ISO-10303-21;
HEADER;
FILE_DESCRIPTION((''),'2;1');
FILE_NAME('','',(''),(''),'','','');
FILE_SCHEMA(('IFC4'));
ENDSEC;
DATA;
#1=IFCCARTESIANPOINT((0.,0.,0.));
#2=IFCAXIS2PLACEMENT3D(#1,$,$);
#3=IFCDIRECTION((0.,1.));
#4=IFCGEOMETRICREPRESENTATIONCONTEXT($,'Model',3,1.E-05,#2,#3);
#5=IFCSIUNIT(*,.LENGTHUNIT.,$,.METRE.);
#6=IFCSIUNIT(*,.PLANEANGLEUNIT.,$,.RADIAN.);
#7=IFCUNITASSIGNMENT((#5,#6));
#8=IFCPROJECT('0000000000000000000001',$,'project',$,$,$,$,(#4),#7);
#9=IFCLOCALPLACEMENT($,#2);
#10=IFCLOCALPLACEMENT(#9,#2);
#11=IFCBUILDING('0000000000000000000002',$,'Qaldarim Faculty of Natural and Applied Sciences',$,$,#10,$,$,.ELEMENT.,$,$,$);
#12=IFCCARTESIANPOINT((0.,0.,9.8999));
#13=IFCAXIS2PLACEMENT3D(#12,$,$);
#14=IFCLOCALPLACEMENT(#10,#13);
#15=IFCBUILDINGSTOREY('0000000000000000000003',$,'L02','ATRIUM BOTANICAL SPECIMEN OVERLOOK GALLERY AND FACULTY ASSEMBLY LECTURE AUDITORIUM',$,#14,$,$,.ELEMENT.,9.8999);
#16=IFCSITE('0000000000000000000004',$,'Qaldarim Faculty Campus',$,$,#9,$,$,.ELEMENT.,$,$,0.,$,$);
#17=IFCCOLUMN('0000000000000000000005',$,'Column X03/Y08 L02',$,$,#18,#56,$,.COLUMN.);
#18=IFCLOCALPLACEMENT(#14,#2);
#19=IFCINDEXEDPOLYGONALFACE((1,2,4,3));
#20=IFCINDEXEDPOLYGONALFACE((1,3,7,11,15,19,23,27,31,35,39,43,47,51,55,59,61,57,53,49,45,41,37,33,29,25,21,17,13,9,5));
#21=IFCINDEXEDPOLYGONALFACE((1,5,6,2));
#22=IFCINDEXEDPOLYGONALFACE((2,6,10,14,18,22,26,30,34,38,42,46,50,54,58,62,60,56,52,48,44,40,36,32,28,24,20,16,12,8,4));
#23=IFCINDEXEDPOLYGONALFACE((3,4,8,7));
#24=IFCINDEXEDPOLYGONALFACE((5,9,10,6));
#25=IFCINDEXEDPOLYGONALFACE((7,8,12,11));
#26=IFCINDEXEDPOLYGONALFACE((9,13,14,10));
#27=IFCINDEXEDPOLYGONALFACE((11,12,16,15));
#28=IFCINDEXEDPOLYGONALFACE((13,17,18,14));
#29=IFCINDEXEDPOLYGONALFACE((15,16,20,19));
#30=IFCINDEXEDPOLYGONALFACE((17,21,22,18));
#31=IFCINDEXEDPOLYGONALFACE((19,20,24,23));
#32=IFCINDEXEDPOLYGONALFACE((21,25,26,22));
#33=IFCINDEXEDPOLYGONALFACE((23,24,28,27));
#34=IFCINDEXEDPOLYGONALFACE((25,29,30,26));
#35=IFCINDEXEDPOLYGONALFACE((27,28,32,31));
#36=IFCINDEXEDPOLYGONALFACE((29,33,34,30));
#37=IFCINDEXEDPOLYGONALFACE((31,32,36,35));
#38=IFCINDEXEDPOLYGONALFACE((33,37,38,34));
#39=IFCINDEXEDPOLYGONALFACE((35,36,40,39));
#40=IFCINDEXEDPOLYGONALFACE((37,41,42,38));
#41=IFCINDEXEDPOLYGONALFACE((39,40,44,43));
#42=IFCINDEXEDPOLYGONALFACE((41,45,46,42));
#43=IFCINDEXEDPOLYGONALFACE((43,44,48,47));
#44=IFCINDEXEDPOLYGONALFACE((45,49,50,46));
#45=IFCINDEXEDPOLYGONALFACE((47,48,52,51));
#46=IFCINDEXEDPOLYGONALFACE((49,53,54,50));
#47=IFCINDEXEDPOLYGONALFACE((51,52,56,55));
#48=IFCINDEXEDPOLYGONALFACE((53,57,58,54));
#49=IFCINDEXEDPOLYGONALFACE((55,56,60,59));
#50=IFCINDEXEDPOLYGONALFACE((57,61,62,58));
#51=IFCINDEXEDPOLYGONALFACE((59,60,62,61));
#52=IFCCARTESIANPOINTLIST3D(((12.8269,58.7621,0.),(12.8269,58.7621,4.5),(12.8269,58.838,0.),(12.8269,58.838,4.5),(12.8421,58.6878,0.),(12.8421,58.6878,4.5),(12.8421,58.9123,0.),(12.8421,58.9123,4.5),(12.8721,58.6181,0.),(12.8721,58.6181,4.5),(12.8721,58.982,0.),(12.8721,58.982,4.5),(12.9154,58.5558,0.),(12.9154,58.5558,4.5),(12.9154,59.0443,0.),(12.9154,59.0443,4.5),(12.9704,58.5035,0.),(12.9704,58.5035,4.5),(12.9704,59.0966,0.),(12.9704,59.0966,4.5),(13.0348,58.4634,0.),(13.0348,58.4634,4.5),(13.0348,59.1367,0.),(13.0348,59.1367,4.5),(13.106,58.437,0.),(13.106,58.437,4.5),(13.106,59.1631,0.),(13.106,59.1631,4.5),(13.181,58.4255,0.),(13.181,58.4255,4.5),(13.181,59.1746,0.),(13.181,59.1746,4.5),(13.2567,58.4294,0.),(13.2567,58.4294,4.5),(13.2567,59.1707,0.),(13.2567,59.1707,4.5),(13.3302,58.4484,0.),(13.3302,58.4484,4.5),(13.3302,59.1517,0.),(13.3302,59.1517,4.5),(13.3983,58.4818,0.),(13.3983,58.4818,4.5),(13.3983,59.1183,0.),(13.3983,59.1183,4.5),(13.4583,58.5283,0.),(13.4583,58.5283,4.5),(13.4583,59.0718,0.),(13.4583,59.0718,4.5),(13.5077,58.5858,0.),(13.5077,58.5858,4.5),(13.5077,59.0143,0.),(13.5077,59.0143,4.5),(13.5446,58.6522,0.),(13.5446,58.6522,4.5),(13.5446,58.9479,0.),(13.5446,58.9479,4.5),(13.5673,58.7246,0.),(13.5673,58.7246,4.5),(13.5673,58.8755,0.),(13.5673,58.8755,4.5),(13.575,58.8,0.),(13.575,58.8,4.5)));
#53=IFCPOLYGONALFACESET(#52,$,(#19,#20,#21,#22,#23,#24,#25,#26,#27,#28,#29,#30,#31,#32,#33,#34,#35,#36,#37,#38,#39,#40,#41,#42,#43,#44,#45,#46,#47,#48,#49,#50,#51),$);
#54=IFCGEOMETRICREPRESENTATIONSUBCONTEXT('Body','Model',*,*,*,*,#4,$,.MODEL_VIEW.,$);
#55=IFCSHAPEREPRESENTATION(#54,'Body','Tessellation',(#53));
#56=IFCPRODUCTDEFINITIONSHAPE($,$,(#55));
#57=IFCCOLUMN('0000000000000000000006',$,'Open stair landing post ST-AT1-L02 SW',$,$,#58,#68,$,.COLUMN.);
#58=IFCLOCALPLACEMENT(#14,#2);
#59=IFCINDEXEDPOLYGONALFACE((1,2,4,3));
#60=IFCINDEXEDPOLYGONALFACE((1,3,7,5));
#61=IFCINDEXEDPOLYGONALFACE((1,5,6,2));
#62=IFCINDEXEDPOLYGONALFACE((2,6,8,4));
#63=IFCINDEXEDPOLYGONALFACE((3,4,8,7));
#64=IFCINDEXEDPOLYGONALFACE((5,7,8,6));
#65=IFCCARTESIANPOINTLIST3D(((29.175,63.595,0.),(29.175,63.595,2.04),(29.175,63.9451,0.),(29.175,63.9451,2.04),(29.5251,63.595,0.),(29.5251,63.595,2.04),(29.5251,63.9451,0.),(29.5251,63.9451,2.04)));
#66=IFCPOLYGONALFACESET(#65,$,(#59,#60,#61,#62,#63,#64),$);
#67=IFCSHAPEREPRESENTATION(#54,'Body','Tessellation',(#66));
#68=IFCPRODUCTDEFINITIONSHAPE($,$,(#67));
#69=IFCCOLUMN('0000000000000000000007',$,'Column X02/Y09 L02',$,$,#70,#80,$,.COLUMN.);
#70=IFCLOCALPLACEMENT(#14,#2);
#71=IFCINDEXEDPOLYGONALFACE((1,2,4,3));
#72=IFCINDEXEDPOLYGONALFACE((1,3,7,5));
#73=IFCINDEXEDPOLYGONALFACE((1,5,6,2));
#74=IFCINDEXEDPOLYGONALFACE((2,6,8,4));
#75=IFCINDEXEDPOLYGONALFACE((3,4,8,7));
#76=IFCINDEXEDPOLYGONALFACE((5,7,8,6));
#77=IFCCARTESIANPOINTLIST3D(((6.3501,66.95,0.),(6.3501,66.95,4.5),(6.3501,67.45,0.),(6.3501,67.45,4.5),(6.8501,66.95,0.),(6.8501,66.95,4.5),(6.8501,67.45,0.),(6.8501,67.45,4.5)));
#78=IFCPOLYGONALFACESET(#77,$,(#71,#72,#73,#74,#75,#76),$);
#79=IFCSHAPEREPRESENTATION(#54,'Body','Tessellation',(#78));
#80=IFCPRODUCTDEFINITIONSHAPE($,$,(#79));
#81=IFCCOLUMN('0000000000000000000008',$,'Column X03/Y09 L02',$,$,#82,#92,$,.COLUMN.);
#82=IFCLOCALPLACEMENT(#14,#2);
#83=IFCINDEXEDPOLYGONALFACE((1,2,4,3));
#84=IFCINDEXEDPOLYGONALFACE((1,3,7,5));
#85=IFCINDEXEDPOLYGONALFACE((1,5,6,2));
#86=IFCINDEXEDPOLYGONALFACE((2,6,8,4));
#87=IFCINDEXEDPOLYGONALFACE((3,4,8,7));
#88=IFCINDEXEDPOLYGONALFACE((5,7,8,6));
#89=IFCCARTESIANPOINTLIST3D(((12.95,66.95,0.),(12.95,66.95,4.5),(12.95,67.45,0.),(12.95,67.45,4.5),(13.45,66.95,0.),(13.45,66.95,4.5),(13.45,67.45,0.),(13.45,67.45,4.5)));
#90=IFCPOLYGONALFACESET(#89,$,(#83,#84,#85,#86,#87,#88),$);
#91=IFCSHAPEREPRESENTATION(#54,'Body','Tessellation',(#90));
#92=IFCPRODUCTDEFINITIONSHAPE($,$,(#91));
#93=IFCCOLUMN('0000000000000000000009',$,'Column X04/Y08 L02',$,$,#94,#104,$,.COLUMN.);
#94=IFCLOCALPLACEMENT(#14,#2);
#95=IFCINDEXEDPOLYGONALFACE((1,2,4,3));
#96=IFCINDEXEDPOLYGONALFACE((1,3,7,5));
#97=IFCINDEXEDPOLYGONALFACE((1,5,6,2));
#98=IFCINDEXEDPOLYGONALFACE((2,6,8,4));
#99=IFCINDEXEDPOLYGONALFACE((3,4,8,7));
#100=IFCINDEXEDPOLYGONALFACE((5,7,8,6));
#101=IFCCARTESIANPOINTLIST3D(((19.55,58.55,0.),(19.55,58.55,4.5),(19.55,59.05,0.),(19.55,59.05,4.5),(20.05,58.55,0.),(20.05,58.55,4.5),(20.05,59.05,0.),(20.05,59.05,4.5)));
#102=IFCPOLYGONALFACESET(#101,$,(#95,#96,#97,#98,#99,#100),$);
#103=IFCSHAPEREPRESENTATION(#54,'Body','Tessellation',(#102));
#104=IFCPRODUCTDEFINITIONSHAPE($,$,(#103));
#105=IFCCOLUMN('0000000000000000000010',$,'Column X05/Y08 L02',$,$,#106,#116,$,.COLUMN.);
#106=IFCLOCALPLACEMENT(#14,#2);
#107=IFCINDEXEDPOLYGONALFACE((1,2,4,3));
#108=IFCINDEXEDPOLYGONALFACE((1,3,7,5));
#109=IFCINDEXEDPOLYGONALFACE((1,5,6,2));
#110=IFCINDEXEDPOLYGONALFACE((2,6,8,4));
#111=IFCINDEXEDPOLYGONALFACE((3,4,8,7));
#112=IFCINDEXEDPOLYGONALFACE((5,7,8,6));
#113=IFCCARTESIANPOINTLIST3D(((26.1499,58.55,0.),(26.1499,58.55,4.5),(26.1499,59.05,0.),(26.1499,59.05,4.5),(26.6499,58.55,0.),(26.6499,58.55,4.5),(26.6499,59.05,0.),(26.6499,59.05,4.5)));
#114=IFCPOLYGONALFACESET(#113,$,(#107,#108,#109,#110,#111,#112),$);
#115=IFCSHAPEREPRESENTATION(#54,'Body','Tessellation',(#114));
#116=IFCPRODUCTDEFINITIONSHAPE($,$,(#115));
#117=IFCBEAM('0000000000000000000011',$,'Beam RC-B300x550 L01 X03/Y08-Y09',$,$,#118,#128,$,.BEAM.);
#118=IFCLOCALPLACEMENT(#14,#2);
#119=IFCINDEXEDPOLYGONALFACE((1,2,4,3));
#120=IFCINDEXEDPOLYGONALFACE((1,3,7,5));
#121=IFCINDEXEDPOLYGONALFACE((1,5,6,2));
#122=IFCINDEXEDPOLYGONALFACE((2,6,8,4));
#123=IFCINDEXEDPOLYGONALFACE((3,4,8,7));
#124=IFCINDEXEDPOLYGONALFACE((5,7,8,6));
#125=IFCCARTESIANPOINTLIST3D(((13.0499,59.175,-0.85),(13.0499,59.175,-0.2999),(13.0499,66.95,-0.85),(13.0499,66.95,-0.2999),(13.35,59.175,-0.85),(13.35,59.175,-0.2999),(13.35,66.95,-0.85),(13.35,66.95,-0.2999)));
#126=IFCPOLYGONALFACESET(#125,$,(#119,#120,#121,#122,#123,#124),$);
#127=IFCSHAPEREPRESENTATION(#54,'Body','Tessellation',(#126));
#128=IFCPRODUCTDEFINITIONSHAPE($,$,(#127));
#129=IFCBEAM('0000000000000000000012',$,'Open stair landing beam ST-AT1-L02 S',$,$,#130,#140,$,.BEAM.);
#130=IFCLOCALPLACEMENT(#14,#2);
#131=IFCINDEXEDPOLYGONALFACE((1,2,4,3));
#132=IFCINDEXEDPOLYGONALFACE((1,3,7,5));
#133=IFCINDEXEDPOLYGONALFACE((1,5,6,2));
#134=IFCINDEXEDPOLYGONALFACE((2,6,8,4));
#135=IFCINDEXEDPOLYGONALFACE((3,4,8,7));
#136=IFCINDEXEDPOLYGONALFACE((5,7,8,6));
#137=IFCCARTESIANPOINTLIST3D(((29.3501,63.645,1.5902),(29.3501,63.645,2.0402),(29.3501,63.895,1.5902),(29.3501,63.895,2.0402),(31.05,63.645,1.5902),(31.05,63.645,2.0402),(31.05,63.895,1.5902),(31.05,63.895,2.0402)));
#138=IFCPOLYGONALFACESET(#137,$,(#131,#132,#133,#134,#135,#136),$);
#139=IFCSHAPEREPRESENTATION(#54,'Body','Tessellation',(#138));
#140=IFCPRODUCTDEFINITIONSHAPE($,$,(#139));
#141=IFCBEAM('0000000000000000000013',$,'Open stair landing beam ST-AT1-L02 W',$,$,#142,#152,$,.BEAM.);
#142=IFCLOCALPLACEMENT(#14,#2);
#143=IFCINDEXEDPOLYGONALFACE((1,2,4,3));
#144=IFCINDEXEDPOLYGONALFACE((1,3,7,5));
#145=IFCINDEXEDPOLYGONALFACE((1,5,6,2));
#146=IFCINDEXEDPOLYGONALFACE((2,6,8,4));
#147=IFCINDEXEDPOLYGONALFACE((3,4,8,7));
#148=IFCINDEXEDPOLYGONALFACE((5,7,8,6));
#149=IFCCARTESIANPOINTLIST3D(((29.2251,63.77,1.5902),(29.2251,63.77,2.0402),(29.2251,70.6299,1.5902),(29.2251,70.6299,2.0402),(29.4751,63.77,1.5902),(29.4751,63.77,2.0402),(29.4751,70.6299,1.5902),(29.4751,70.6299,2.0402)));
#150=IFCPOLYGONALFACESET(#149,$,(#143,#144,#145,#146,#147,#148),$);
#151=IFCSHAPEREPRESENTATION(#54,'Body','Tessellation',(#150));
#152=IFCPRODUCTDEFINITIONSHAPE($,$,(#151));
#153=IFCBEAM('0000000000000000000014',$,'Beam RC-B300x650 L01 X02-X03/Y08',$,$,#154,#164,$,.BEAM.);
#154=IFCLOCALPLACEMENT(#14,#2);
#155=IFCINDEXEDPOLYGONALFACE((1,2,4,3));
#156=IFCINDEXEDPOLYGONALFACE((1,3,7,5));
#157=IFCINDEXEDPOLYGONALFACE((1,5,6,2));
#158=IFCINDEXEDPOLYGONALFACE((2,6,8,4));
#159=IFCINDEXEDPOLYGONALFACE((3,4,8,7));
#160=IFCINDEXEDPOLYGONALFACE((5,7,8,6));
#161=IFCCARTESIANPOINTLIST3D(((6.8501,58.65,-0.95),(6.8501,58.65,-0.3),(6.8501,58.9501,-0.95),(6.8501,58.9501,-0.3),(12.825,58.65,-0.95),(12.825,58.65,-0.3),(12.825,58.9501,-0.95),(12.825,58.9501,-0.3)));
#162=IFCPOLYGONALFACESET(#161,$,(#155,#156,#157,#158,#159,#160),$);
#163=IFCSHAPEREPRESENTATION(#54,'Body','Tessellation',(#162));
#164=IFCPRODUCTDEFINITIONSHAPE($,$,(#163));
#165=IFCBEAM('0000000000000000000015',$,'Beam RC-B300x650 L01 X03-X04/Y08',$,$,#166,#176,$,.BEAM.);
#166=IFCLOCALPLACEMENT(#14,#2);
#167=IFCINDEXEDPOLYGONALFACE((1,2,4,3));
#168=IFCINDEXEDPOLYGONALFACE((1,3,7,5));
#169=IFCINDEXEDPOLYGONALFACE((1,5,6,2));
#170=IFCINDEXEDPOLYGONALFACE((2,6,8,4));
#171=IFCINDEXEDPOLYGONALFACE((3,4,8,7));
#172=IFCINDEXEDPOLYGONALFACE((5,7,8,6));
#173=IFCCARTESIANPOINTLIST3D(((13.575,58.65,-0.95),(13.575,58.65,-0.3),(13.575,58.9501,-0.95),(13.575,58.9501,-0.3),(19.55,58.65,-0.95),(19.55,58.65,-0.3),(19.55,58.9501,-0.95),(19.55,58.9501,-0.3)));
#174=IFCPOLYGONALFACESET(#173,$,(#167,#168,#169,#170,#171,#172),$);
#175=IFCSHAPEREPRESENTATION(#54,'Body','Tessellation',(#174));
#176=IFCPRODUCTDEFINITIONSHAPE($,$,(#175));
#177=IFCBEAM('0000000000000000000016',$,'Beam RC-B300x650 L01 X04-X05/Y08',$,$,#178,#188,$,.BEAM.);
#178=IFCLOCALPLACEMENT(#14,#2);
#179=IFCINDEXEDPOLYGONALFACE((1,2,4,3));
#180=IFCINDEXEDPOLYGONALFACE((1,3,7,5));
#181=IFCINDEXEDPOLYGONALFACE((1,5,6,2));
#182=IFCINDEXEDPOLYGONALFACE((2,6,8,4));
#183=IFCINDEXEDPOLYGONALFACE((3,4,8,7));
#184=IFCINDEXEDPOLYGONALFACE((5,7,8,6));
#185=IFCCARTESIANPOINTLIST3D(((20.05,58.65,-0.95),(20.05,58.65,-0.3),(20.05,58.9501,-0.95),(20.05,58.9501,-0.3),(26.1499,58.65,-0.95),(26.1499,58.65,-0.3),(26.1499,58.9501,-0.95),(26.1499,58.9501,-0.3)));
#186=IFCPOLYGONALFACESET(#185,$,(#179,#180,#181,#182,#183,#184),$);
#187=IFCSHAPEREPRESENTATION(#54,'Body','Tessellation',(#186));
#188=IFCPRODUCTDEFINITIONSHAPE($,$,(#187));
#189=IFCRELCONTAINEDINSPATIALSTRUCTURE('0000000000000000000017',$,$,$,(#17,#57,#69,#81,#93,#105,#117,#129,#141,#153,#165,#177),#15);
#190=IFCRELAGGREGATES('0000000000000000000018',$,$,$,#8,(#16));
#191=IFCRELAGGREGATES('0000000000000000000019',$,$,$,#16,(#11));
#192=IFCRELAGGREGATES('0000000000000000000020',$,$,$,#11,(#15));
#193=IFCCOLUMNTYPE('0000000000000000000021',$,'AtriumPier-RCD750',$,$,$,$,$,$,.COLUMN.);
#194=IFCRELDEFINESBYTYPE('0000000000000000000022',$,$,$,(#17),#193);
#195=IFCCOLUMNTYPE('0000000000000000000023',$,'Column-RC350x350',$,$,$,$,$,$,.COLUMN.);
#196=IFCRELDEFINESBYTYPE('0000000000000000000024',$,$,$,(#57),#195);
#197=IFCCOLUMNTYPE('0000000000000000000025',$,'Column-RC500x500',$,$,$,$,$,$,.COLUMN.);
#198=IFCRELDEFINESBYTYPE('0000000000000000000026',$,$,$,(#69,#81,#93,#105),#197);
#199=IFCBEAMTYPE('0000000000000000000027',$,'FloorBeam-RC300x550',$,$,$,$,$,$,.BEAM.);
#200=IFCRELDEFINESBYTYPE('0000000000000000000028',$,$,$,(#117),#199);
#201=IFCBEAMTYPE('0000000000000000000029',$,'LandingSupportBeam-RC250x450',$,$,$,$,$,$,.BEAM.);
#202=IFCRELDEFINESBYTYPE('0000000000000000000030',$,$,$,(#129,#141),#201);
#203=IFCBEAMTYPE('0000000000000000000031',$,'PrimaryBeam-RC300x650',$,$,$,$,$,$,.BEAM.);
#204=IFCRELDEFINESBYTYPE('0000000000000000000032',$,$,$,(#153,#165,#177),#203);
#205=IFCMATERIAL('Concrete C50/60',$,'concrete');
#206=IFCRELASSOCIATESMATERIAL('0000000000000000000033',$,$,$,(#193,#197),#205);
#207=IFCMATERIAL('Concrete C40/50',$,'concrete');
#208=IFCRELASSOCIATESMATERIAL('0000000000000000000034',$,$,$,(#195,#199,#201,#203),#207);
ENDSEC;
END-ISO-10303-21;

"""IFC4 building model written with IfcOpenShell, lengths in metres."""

from ifc_helpers import new_model, si_unit, direction, frame, origin, origin_2d, place, context, subcontext, project, spatial, rectangle, circle, extrude, material, material_profile, profile_set, type_object, element, save


model = new_model("IFC4")

# Units and contexts
model_context = context("Model", 3, precision=1e-05, world=origin(), true_north=direction((0.0, 1.0)))
body_context = subcontext(model_context, "Body", "Model", "MODEL_VIEW")
ifc_project = project(units=[si_unit("LENGTHUNIT", "METRE"), si_unit("PLANEANGLEUNIT", "RADIAN")], contexts=[model_context])

# Site, building, storey
site_placement = place(None, origin())
site = spatial("IfcSite", under=ifc_project, at=site_placement, Name="Qaldarim Faculty Campus", CompositionType="ELEMENT", RefElevation=0.0)
building_placement = place(site_placement, origin())
building = spatial("IfcBuilding", under=site, at=building_placement, Name="Qaldarim Faculty of Natural and Applied Sciences", CompositionType="ELEMENT")
storey_placement = place(building_placement, frame((0.0, 0.0, 9.8999)))
storey = spatial("IfcBuildingStorey", under=building, at=storey_placement, Name="L02", Description="ATRIUM BOTANICAL SPECIMEN OVERLOOK GALLERY AND FACULTY ASSEMBLY LECTURE AUDITORIUM", CompositionType="ELEMENT", Elevation=9.8999)

# Columns
ifc_material_1 = material(Name="Concrete C50/60", Category="concrete")
ifc_material_profile_1 = material_profile(ifc_material_1, circle(Radius=0.375, at=origin_2d()), Name="RC-D750")
ifc_profile_set_1 = profile_set([ifc_material_profile_1], Name="Concrete C50/60")
column_type_1 = type_object("IfcColumnType", Name="AtriumPier-RCD750", PredefinedType="COLUMN", material=ifc_profile_set_1)
column_1_placement = place(storey_placement, frame((13.2, 58.8, 0.0), z_axis=(0.0, 0.0, 1.0), x_axis=(1.0, 0.0, 0.0)))
element("IfcColumn", 1, at=column_1_placement, inside=storey, type_object=column_type_1, Name="Column X03/Y08 L02", PredefinedType="COLUMN", context=body_context, shape_type="SweptSolid", body=[
    extrude(circle(Radius=0.375, at=origin_2d()), origin(), (0.0, 0.0, 1.0), 4.5),
])
ifc_material_2 = material(Name="Concrete C40/50", Category="concrete")
ifc_material_profile_2 = material_profile(ifc_material_2, rectangle(XDim=0.3501, YDim=0.3501, at=origin_2d()), Name="RC-C350x350")
ifc_profile_set_2 = profile_set([ifc_material_profile_2], Name="Concrete C40/50")
column_type_2 = type_object("IfcColumnType", Name="Column-RC350x350", PredefinedType="COLUMN", material=ifc_profile_set_2)
column_2_placement = place(storey_placement, frame((29.3501, 63.77, 0.0), z_axis=(0.0, 0.0, 1.0), x_axis=(1.0, 0.0, 0.0)))
element("IfcColumn", 2, at=column_2_placement, inside=storey, type_object=column_type_2, Name="Open stair landing post ST-AT1-L02 SW", PredefinedType="COLUMN", context=body_context, shape_type="SweptSolid", body=[
    extrude(rectangle(XDim=0.3501, YDim=0.3501, at=origin_2d()), origin(), (0.0, 0.0, 1.0), 2.04),
])
ifc_material_profile_3 = material_profile(ifc_material_1, rectangle(XDim=0.5, YDim=0.5, at=origin_2d()), Name="RC-C500x500")
ifc_profile_set_3 = profile_set([ifc_material_profile_3], Name="Concrete C50/60")
column_type_3 = type_object("IfcColumnType", Name="Column-RC500x500", PredefinedType="COLUMN", material=ifc_profile_set_3)
for number, where, z_axis, x_axis, name in (
    (3, (6.6001, 67.2, 0.0), (0.0, 0.0, 1.0), (1.0, 0.0, 0.0), "Column X02/Y09 L02"),
    (4, (13.2, 67.2, 0.0), (0.0, 0.0, 1.0), (1.0, 0.0, 0.0), "Column X03/Y09 L02"),
    (5, (19.8, 58.8, 0.0), (0.0, 0.0, 1.0), (1.0, 0.0, 0.0), "Column X04/Y08 L02"),
    (6, (26.3999, 58.8, 0.0), (0.0, 0.0, 1.0), (1.0, 0.0, 0.0), "Column X05/Y08 L02"),
):
    element("IfcColumn", number, at=place(storey_placement, frame(where, z_axis=z_axis, x_axis=x_axis)), inside=storey, type_object=column_type_3, Name=name, PredefinedType="COLUMN", context=body_context, shape_type="SweptSolid", body=[
        extrude(rectangle(XDim=0.5, YDim=0.5, at=origin_2d()), origin(), (0.0, 0.0, 1.0), 4.5),
    ])

# Beams
ifc_material_profile_4 = material_profile(ifc_material_2, rectangle(XDim=0.3, YDim=0.55, at=origin_2d()), Name="RC-B300x550")
ifc_profile_set_4 = profile_set([ifc_material_profile_4], Name="Concrete C40/50")
beam_type_1 = type_object("IfcBeamType", Name="FloorBeam-RC300x550", PredefinedType="BEAM", material=ifc_profile_set_4)
beam_1_placement = place(storey_placement, frame((13.2, 59.175, -0.575), z_axis=(0.0, 1.0, 0.0), x_axis=(-1.0, 0.0, 0.0)))
element("IfcBeam", 7, at=beam_1_placement, inside=storey, type_object=beam_type_1, Name="Beam RC-B300x550 L01 X03/Y08-Y09", PredefinedType="BEAM", context=body_context, shape_type="SweptSolid", body=[
    extrude(rectangle(XDim=0.3, YDim=0.55, at=origin_2d()), origin(), (0.0, 0.0, 1.0), 7.7749),
])
ifc_material_profile_5 = material_profile(ifc_material_2, rectangle(XDim=0.25, YDim=0.45, at=origin_2d()), Name="RC-LN250x450")
ifc_profile_set_5 = profile_set([ifc_material_profile_5], Name="Concrete C40/50")
beam_type_2 = type_object("IfcBeamType", Name="LandingSupportBeam-RC250x450", PredefinedType="BEAM", material=ifc_profile_set_5)
beam_2_placement = place(storey_placement, frame((29.3501, 63.77, 1.8152), z_axis=(1.0, 0.0, 0.0), x_axis=(0.0, 1.0, 0.0)))
element("IfcBeam", 8, at=beam_2_placement, inside=storey, type_object=beam_type_2, Name="Open stair landing beam ST-AT1-L02 S", PredefinedType="BEAM", context=body_context, shape_type="SweptSolid", body=[
    extrude(rectangle(XDim=0.25, YDim=0.45, at=origin_2d()), origin(), (0.0, 0.0, 1.0), 1.7),
])
beam_3_placement = place(storey_placement, frame((29.3501, 63.77, 1.8152), z_axis=(0.0, 1.0, 0.0), x_axis=(-1.0, 0.0, 0.0)))
element("IfcBeam", 9, at=beam_3_placement, inside=storey, type_object=beam_type_2, Name="Open stair landing beam ST-AT1-L02 W", PredefinedType="BEAM", context=body_context, shape_type="SweptSolid", body=[
    extrude(rectangle(XDim=0.25, YDim=0.45, at=origin_2d()), origin(), (0.0, 0.0, 1.0), 6.8599),
])
ifc_material_profile_6 = material_profile(ifc_material_2, rectangle(XDim=0.3, YDim=0.6499, at=origin_2d()), Name="RC-B300x650")
ifc_profile_set_6 = profile_set([ifc_material_profile_6], Name="Concrete C40/50")
beam_type_3 = type_object("IfcBeamType", Name="PrimaryBeam-RC300x650", PredefinedType="BEAM", material=ifc_profile_set_6)
beam_4_placement = place(storey_placement, frame((6.8501, 58.8, -0.625), z_axis=(1.0, 0.0, 0.0), x_axis=(0.0, 1.0, 0.0)))
element("IfcBeam", 10, at=beam_4_placement, inside=storey, type_object=beam_type_3, Name="Beam RC-B300x650 L01 X02-X03/Y08", PredefinedType="BEAM", context=body_context, shape_type="SweptSolid", body=[
    extrude(rectangle(XDim=0.3, YDim=0.6499, at=origin_2d()), origin(), (0.0, 0.0, 1.0), 5.9749),
])
beam_5_placement = place(storey_placement, frame((13.575, 58.8, -0.625), z_axis=(1.0, 0.0, 0.0), x_axis=(0.0, 1.0, 0.0)))
element("IfcBeam", 11, at=beam_5_placement, inside=storey, type_object=beam_type_3, Name="Beam RC-B300x650 L01 X03-X04/Y08", PredefinedType="BEAM", context=body_context, shape_type="SweptSolid", body=[
    extrude(rectangle(XDim=0.3, YDim=0.6499, at=origin_2d()), origin(), (0.0, 0.0, 1.0), 5.9751),
])
beam_6_placement = place(storey_placement, frame((20.05, 58.8, -0.625), z_axis=(1.0, 0.0, 0.0), x_axis=(0.0, 1.0, 0.0)))
element("IfcBeam", 12, at=beam_6_placement, inside=storey, type_object=beam_type_3, Name="Beam RC-B300x650 L01 X04-X05/Y08", PredefinedType="BEAM", context=body_context, shape_type="SweptSolid", body=[
    extrude(rectangle(XDim=0.3, YDim=0.6499, at=origin_2d()), origin(), (0.0, 0.0, 1.0), 6.0999),
])

save(model, "model.ifc")
